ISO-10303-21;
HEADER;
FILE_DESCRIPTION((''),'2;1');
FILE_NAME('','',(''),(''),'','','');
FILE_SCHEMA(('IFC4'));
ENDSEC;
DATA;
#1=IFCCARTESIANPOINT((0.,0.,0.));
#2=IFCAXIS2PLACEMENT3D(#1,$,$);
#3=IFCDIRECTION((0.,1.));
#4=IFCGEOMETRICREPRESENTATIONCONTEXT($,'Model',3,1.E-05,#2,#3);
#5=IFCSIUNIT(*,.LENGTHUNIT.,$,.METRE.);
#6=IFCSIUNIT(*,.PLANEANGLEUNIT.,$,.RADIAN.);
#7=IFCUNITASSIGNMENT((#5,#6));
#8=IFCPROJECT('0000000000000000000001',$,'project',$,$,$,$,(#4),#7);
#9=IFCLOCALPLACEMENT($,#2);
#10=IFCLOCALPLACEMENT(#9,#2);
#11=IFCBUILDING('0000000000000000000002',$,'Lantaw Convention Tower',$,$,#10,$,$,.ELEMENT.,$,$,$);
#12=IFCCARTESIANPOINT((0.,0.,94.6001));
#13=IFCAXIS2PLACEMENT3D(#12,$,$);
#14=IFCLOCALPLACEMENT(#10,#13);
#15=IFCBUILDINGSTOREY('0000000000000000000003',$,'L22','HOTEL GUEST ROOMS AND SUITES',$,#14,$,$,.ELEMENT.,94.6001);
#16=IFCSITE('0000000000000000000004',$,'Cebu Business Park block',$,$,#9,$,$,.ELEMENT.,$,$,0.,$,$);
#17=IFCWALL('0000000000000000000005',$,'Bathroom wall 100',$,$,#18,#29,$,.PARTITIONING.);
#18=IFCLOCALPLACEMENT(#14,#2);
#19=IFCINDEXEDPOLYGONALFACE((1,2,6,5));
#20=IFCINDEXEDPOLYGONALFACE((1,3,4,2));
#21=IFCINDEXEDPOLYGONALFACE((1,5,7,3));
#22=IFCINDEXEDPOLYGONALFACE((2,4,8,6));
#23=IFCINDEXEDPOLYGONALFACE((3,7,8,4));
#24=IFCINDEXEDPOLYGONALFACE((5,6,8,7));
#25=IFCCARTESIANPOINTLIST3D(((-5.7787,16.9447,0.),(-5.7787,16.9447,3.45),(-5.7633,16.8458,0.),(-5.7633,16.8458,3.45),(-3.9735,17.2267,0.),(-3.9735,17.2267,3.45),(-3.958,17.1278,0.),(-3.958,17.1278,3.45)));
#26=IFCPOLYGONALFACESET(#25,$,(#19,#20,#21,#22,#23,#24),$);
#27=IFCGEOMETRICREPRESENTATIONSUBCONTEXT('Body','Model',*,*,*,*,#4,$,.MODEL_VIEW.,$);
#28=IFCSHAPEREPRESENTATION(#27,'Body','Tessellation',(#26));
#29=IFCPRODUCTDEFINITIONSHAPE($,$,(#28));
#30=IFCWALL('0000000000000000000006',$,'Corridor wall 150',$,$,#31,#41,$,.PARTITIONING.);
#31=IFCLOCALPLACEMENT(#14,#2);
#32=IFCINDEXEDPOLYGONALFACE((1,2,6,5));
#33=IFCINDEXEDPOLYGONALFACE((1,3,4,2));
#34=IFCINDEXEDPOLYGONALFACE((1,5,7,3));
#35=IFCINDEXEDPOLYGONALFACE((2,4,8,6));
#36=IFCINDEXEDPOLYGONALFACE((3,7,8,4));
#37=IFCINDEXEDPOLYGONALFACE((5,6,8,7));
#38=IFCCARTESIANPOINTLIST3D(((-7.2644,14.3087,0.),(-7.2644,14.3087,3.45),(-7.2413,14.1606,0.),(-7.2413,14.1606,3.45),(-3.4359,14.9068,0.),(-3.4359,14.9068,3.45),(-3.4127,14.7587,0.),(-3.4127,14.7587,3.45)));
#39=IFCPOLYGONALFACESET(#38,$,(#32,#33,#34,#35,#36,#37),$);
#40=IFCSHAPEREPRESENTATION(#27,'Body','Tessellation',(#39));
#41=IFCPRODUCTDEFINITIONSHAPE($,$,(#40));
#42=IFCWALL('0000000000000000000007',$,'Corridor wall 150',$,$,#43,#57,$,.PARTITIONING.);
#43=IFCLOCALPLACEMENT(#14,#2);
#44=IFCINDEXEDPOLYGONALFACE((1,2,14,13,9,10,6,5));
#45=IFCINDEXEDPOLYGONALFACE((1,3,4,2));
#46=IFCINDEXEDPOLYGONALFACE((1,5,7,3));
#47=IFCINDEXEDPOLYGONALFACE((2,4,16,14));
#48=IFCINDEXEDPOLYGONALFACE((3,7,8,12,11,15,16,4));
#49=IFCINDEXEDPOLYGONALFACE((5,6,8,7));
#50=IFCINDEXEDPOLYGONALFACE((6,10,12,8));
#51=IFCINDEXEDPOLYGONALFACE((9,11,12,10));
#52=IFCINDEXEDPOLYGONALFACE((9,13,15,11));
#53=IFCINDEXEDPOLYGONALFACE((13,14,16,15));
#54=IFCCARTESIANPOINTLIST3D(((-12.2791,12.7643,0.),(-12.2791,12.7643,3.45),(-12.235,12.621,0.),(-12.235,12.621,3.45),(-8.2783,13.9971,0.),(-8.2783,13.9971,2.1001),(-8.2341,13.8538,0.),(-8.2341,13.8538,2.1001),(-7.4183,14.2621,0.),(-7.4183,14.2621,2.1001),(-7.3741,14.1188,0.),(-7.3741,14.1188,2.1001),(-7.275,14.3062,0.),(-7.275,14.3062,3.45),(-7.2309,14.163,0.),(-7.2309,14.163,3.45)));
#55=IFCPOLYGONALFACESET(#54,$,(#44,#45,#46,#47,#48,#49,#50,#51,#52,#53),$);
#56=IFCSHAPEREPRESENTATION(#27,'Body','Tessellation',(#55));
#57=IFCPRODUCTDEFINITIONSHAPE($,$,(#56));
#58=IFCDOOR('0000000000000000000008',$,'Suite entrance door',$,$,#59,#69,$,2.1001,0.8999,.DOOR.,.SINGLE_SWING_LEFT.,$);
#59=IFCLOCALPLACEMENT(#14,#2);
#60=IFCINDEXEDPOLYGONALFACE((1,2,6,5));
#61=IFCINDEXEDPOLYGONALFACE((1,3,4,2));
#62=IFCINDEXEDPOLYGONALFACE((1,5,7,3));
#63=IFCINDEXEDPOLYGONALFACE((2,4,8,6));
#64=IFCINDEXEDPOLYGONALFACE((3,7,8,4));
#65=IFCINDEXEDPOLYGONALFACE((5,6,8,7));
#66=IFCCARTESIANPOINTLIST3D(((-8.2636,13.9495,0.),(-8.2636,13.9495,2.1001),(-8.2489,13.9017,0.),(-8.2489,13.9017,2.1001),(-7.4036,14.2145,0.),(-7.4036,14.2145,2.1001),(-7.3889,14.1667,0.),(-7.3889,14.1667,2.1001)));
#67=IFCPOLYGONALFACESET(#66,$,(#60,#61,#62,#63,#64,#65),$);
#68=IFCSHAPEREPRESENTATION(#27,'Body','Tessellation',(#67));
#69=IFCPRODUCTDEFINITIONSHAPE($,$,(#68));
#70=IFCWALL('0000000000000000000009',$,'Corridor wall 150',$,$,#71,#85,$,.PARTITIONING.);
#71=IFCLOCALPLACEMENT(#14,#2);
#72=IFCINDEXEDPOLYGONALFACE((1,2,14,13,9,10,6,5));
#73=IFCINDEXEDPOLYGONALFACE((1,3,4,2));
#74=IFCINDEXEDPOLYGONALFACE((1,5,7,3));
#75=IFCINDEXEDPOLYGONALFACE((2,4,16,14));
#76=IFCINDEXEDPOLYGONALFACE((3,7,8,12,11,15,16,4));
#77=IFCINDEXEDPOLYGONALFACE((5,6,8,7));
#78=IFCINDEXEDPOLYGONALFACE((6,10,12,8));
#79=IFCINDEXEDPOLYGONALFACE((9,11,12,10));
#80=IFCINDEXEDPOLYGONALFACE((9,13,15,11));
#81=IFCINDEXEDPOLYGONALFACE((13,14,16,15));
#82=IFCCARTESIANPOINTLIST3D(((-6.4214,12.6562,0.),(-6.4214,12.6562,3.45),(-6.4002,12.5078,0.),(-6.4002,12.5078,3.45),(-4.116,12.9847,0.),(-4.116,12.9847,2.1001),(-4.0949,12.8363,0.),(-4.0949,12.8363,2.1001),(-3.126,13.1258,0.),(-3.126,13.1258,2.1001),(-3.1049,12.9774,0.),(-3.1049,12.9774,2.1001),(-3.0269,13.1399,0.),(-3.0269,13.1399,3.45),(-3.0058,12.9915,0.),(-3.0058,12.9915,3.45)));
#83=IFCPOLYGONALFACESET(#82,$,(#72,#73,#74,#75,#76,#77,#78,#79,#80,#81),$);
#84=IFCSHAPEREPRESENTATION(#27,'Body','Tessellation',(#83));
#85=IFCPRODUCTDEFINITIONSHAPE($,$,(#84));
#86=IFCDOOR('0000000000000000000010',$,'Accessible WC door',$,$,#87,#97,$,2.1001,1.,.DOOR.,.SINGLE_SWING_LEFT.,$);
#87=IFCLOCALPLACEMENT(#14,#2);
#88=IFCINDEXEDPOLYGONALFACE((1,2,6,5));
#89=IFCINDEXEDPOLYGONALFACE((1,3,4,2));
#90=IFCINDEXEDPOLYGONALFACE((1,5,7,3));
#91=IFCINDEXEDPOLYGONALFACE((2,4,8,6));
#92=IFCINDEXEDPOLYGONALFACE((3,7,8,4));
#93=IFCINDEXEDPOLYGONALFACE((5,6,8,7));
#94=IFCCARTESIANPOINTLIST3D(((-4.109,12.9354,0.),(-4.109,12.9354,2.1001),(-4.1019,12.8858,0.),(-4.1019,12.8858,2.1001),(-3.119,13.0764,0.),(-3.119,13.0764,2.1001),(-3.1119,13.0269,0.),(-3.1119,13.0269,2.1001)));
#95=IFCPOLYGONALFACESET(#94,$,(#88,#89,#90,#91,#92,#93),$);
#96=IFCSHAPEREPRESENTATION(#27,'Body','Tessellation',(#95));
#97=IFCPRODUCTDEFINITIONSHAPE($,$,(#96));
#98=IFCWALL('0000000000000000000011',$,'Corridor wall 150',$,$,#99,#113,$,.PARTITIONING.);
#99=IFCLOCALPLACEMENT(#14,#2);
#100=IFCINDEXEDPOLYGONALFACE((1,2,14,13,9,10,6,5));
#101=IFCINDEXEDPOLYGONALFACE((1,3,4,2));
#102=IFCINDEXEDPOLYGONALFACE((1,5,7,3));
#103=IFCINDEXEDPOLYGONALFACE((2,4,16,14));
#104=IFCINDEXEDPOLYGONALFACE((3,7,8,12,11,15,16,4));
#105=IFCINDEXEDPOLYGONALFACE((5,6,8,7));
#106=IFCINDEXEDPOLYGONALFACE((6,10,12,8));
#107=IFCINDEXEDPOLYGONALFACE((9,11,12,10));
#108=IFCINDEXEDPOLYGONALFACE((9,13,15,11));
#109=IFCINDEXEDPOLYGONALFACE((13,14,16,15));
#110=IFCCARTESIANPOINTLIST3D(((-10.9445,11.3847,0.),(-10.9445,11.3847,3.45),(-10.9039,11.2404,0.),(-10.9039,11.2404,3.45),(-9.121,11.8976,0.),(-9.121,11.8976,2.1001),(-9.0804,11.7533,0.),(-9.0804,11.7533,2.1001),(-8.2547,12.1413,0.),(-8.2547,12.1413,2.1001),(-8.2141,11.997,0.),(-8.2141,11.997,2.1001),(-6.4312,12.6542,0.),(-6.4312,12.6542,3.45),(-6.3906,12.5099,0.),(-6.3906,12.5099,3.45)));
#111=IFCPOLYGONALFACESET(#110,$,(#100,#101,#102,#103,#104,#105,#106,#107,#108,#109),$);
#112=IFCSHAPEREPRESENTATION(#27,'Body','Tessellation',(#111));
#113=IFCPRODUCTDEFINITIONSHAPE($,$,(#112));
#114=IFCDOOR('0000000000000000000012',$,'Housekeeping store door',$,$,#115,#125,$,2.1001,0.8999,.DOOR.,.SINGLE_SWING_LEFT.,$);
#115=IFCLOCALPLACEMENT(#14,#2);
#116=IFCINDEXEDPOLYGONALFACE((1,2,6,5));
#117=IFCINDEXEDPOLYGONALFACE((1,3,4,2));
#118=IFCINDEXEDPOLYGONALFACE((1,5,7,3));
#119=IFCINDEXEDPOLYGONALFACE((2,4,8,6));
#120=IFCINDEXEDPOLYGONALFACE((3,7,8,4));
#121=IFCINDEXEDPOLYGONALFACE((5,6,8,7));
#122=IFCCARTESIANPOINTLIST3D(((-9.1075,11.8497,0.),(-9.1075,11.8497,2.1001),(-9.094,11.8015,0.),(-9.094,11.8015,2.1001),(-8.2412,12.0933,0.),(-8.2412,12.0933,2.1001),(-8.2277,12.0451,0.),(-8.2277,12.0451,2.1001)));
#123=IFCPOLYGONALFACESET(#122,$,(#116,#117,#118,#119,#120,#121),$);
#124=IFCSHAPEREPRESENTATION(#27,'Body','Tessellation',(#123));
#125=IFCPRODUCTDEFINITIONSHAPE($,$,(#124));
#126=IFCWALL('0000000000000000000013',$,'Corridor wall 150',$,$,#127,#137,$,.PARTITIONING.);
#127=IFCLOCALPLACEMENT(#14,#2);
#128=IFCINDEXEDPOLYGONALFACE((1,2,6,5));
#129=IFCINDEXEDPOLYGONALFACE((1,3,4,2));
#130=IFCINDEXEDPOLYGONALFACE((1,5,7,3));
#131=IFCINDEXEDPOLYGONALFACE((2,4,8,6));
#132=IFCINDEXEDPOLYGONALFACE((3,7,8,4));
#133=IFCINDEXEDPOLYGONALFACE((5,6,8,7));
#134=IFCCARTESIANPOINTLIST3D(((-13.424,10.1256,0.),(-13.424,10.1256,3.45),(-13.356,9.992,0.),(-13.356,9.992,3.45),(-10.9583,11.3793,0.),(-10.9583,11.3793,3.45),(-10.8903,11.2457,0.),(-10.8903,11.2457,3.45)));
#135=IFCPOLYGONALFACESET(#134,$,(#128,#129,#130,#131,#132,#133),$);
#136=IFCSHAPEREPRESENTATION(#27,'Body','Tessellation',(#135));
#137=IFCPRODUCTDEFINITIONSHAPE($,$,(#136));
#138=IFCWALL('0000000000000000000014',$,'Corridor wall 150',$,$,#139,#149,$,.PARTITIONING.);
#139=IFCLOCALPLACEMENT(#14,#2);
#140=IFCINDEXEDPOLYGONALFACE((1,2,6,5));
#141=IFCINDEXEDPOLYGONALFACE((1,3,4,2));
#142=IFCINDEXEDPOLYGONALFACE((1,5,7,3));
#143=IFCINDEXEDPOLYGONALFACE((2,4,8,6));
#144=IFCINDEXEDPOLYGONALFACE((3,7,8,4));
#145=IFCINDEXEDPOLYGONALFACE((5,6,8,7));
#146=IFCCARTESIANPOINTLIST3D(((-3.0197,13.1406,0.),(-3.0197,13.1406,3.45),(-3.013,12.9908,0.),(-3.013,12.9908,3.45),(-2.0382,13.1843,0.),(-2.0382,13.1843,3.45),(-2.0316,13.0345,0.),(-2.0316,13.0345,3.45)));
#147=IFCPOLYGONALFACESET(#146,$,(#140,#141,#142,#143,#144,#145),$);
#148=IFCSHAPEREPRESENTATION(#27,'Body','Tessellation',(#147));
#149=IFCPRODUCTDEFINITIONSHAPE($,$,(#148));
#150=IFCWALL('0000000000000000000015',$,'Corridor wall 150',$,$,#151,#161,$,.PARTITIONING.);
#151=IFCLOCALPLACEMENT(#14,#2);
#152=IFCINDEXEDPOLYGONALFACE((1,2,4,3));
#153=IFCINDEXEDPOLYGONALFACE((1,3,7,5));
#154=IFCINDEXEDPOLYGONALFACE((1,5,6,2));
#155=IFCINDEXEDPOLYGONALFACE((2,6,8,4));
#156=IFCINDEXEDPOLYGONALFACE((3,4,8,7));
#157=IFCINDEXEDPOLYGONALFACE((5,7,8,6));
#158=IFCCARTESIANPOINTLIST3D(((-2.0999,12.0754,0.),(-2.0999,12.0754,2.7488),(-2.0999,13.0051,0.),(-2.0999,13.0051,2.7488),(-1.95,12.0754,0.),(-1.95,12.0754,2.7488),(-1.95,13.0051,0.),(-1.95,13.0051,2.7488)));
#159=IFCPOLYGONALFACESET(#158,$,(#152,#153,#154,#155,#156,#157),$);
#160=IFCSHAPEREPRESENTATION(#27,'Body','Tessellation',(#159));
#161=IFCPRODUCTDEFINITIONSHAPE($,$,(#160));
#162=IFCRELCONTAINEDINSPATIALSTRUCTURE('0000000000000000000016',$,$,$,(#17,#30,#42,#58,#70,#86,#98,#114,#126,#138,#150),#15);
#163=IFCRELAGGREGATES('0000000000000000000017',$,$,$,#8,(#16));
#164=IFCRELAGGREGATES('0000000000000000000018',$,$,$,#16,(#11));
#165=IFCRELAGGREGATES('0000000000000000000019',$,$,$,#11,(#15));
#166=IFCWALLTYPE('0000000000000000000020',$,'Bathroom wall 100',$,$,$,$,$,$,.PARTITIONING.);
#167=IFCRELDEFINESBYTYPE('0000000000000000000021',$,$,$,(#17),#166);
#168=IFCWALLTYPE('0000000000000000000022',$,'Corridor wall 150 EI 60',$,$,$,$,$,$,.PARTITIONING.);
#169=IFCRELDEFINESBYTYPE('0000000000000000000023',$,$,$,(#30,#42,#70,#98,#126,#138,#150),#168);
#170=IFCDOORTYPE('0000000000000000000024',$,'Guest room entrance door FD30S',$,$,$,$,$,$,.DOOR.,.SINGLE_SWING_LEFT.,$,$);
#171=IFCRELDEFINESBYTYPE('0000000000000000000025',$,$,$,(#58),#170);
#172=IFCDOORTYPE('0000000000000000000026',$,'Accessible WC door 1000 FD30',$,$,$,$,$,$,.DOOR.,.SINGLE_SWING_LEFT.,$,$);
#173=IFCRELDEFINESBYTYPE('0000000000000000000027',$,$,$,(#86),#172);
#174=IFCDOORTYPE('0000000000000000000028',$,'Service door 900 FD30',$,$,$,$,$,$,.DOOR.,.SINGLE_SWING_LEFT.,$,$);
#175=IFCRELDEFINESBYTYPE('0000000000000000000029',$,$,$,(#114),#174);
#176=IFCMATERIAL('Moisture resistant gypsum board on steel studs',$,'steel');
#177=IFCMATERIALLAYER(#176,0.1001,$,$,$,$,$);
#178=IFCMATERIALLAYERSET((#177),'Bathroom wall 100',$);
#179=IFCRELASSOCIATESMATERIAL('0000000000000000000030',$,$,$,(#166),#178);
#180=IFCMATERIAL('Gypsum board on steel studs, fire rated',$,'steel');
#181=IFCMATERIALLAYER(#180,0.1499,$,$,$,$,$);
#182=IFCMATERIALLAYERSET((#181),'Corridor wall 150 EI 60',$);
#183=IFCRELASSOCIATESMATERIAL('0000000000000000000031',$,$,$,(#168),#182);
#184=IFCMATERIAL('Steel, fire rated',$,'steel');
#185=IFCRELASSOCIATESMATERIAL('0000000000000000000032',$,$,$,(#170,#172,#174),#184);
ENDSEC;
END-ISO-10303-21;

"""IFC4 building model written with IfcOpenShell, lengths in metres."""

from ifc_helpers import new_model, si_unit, direction, frame, frame_2d, origin, place, context, subcontext, project, spatial, rectangle, extrude, material, layer, layer_set, type_object, element, fill, save


model = new_model("IFC4")

# Units and contexts
model_context = context("Model", 3, precision=1e-05, world=origin(), true_north=direction((0.0, 1.0)))
body_context = subcontext(model_context, "Body", "Model", "MODEL_VIEW")
ifc_project = project(units=[si_unit("LENGTHUNIT", "METRE"), si_unit("PLANEANGLEUNIT", "RADIAN")], contexts=[model_context])

# Site, building, storey
site_placement = place(None, origin())
site = spatial("IfcSite", under=ifc_project, at=site_placement, Name="Cebu Business Park block", CompositionType="ELEMENT", RefElevation=0.0)
building_placement = place(site_placement, origin())
building = spatial("IfcBuilding", under=site, at=building_placement, Name="Lantaw Convention Tower", CompositionType="ELEMENT")
storey_placement = place(building_placement, frame((0.0, 0.0, 94.6001)))
storey = spatial("IfcBuildingStorey", under=building, at=storey_placement, Name="L22", Description="HOTEL GUEST ROOMS AND SUITES", CompositionType="ELEMENT", Elevation=94.6001)

# Shared definitions
ifc_material_1 = material(Name="Moisture resistant gypsum board on steel studs", Category="steel")
ifc_layer_1 = layer(ifc_material_1, 0.1001)
ifc_layer_set_1 = layer_set([ifc_layer_1], Name="Bathroom wall 100")
wall_type_1 = type_object("IfcWallType", Name="Bathroom wall 100", PredefinedType="PARTITIONING", material=ifc_layer_set_1)

# Walls
wall_1_placement = place(storey_placement, frame((-5.771, 16.8953, 0.0), z_axis=(0.0, 0.0, 1.0), x_axis=(0.988018, 0.154336, 0.0)))
element("IfcWall", 1, at=wall_1_placement, inside=storey, type_object=wall_type_1, Name="Bathroom wall 100", PredefinedType="PARTITIONING", context=body_context, shape_type="SweptSolid", body=[
    extrude(rectangle(XDim=1.8271, YDim=0.1001, at=frame_2d((0.9136, 0.0))), origin(), (0.0, 0.0, 1.0), 3.45),
])
ifc_material_2 = material(Name="Gypsum board on steel studs, fire rated", Category="steel")
ifc_layer_2 = layer(ifc_material_2, 0.1499)
ifc_layer_set_2 = layer_set([ifc_layer_2], Name="Corridor wall 150 EI 60")
wall_type_2 = type_object("IfcWallType", Name="Corridor wall 150 EI 60", PredefinedType="PARTITIONING", material=ifc_layer_set_2)
wall_2_placement = place(storey_placement, frame((-3.4243, 14.8328, 0.0), z_axis=(0.0, 0.0, 1.0), x_axis=(-0.988015, -0.154358, 0.0)))
element("IfcWall", 2, at=wall_2_placement, inside=storey, type_object=wall_type_2, Name="Corridor wall 150", PredefinedType="PARTITIONING", context=body_context, shape_type="SweptSolid", body=[
    extrude(rectangle(XDim=3.875, YDim=0.1499, at=frame_2d((1.9375, 0.0))), origin(), (0.0, 0.0, 1.0), 3.45),
])

# Walls, openings, doors
wall_3_placement = place(storey_placement, frame((-7.2529, 14.2346, 0.0), z_axis=(0.0, 0.0, 1.0), x_axis=(-0.955658, -0.294479, 0.0)))
wall_3 = element("IfcWall", 3, at=wall_3_placement, inside=storey, type_object=wall_type_2, Name="Corridor wall 150", PredefinedType="PARTITIONING", context=body_context, shape_type="SweptSolid", body=[
    extrude(rectangle(XDim=5.2363, YDim=0.1499, at=frame_2d((2.6182, 0.0))), origin(), (0.0, 0.0, 1.0), 3.45),
])
opening_1_placement = place(wall_3_placement, frame((0.1499, 0.0, 0.0)))
opening_1 = element("IfcOpeningElement", 4, at=opening_1_placement, cuts=wall_3, PredefinedType="OPENING", context=body_context, shape_type="SweptSolid", body=[
    extrude(rectangle(XDim=0.8999, YDim=2.1001, at=frame_2d((0.45, 1.05))), frame((0.0, 0.085, 0.0), z_axis=(0.0, -1.0, 0.0), x_axis=(1.0, 0.0, 0.0)), (0.0, 0.0, 1.0), 0.1699),
])
ifc_material_3 = material(Name="Steel, fire rated", Category="steel")
door_type_1 = type_object("IfcDoorType", Name="Guest room entrance door FD30S", OperationType="SINGLE_SWING_LEFT", PredefinedType="DOOR", material=ifc_material_3)
door_1_placement = place(opening_1_placement, origin())
door_1 = element("IfcDoor", 5, at=door_1_placement, inside=storey, type_object=door_type_1, Name="Suite entrance door", OperationType="SINGLE_SWING_LEFT", OverallHeight=2.1001, OverallWidth=0.8999, PredefinedType="DOOR", context=body_context, shape_type="SweptSolid", body=[
    extrude(rectangle(XDim=0.8999, YDim=2.1001, at=frame_2d((0.45, 1.05))), frame((0.0, 0.0249, 0.0), z_axis=(0.0, -1.0, 0.0), x_axis=(1.0, 0.0, 0.0)), (0.0, 0.0, 1.0), 0.05),
])
fill(opening_1, door_1)
wall_4_placement = place(storey_placement, frame((-3.0164, 13.0657, 0.0), z_axis=(0.0, 0.0, 1.0), x_axis=(-0.990002, -0.141053, 0.0)))
wall_4 = element("IfcWall", 6, at=wall_4_placement, inside=storey, type_object=wall_type_2, Name="Corridor wall 150", PredefinedType="PARTITIONING", context=body_context, shape_type="SweptSolid", body=[
    extrude(rectangle(XDim=3.4287, YDim=0.1499, at=frame_2d((1.7144, 0.0))), origin(), (0.0, 0.0, 1.0), 3.45),
])
opening_2_placement = place(wall_4_placement, frame((0.1001, 0.0, 0.0)))
opening_2 = element("IfcOpeningElement", 7, at=opening_2_placement, cuts=wall_4, PredefinedType="OPENING", context=body_context, shape_type="SweptSolid", body=[
    extrude(rectangle(XDim=1.0, YDim=2.1001, at=frame_2d((0.5, 1.05))), frame((0.0, 0.085, 0.0), z_axis=(0.0, -1.0, 0.0), x_axis=(1.0, 0.0, 0.0)), (0.0, 0.0, 1.0), 0.1699),
])
door_type_2 = type_object("IfcDoorType", Name="Accessible WC door 1000 FD30", OperationType="SINGLE_SWING_LEFT", PredefinedType="DOOR", material=ifc_material_3)
door_2_placement = place(opening_2_placement, origin())
door_2 = element("IfcDoor", 8, at=door_2_placement, inside=storey, type_object=door_type_2, Name="Accessible WC door", OperationType="SINGLE_SWING_LEFT", OverallHeight=2.1001, OverallWidth=1.0, PredefinedType="DOOR", context=body_context, shape_type="SweptSolid", body=[
    extrude(rectangle(XDim=1.0, YDim=2.1001, at=frame_2d((0.5, 1.05))), frame((0.0, 0.0249, 0.0), z_axis=(0.0, -1.0, 0.0), x_axis=(1.0, 0.0, 0.0)), (0.0, 0.0, 1.0), 0.05),
])
fill(opening_2, door_2)
wall_5_placement = place(storey_placement, frame((-6.4109, 12.582, 0.0), z_axis=(0.0, 0.0, 1.0), x_axis=(-0.962644, -0.270771, 0.0)))
wall_5 = element("IfcWall", 9, at=wall_5_placement, inside=storey, type_object=wall_type_2, Name="Corridor wall 150", PredefinedType="PARTITIONING", context=body_context, shape_type="SweptSolid", body=[
    extrude(rectangle(XDim=4.6885, YDim=0.1499, at=frame_2d((2.3442, 0.0))), origin(), (0.0, 0.0, 1.0), 3.45),
])
opening_3_placement = place(wall_5_placement, frame((1.8943, 0.0, 0.0)))
opening_3 = element("IfcOpeningElement", 10, at=opening_3_placement, cuts=wall_5, PredefinedType="OPENING", context=body_context, shape_type="SweptSolid", body=[
    extrude(rectangle(XDim=0.8999, YDim=2.1001, at=frame_2d((0.45, 1.05))), frame((0.0, 0.085, 0.0), z_axis=(0.0, -1.0, 0.0), x_axis=(1.0, 0.0, 0.0)), (0.0, 0.0, 1.0), 0.1699),
])
door_type_3 = type_object("IfcDoorType", Name="Service door 900 FD30", OperationType="SINGLE_SWING_LEFT", PredefinedType="DOOR", material=ifc_material_3)
door_3_placement = place(opening_3_placement, origin())
door_3 = element("IfcDoor", 11, at=door_3_placement, inside=storey, type_object=door_type_3, Name="Housekeeping store door", OperationType="SINGLE_SWING_LEFT", OverallHeight=2.1001, OverallWidth=0.8999, PredefinedType="DOOR", context=body_context, shape_type="SweptSolid", body=[
    extrude(rectangle(XDim=0.8999, YDim=2.1001, at=frame_2d((0.45, 1.05))), frame((0.0, 0.0249, 0.0), z_axis=(0.0, -1.0, 0.0), x_axis=(1.0, 0.0, 0.0)), (0.0, 0.0, 1.0), 0.05),
])
fill(opening_3, door_3)

# Walls
wall_6_placement = place(storey_placement, frame((-10.9243, 11.3125, 0.0), z_axis=(0.0, 0.0, 1.0), x_axis=(-0.891388, -0.453241, 0.0)))
element("IfcWall", 12, at=wall_6_placement, inside=storey, type_object=wall_type_2, Name="Corridor wall 150", PredefinedType="PARTITIONING", context=body_context, shape_type="SweptSolid", body=[
    extrude(rectangle(XDim=2.7661, YDim=0.1499, at=frame_2d((1.3831, 0.0))), origin(), (0.0, 0.0, 1.0), 3.45),
])
wall_7_placement = place(storey_placement, frame((-2.0349, 13.1094, 0.0), z_axis=(0.0, 0.0, 1.0), x_axis=(-0.99901, -0.044483, 0.0)))
element("IfcWall", 13, at=wall_7_placement, inside=storey, type_object=wall_type_2, Name="Corridor wall 150", PredefinedType="PARTITIONING", context=body_context, shape_type="SweptSolid", body=[
    extrude(rectangle(XDim=0.9824, YDim=0.1499, at=frame_2d((0.4912, 0.0))), origin(), (0.0, 0.0, 1.0), 3.45),
])
wall_8_placement = place(storey_placement, frame((-2.0249, 12.0754, 0.0), z_axis=(0.0, 0.0, 1.0), x_axis=(0.0, 1.0, 0.0)))
element("IfcWall", 14, at=wall_8_placement, inside=storey, type_object=wall_type_2, Name="Corridor wall 150", PredefinedType="PARTITIONING", context=body_context, shape_type="SweptSolid", body=[
    extrude(rectangle(XDim=0.9297, YDim=0.1499, at=frame_2d((0.4648, 0.0))), origin(), (0.0, 0.0, 1.0), 2.7488),
])

save(model, "model.ifc")
